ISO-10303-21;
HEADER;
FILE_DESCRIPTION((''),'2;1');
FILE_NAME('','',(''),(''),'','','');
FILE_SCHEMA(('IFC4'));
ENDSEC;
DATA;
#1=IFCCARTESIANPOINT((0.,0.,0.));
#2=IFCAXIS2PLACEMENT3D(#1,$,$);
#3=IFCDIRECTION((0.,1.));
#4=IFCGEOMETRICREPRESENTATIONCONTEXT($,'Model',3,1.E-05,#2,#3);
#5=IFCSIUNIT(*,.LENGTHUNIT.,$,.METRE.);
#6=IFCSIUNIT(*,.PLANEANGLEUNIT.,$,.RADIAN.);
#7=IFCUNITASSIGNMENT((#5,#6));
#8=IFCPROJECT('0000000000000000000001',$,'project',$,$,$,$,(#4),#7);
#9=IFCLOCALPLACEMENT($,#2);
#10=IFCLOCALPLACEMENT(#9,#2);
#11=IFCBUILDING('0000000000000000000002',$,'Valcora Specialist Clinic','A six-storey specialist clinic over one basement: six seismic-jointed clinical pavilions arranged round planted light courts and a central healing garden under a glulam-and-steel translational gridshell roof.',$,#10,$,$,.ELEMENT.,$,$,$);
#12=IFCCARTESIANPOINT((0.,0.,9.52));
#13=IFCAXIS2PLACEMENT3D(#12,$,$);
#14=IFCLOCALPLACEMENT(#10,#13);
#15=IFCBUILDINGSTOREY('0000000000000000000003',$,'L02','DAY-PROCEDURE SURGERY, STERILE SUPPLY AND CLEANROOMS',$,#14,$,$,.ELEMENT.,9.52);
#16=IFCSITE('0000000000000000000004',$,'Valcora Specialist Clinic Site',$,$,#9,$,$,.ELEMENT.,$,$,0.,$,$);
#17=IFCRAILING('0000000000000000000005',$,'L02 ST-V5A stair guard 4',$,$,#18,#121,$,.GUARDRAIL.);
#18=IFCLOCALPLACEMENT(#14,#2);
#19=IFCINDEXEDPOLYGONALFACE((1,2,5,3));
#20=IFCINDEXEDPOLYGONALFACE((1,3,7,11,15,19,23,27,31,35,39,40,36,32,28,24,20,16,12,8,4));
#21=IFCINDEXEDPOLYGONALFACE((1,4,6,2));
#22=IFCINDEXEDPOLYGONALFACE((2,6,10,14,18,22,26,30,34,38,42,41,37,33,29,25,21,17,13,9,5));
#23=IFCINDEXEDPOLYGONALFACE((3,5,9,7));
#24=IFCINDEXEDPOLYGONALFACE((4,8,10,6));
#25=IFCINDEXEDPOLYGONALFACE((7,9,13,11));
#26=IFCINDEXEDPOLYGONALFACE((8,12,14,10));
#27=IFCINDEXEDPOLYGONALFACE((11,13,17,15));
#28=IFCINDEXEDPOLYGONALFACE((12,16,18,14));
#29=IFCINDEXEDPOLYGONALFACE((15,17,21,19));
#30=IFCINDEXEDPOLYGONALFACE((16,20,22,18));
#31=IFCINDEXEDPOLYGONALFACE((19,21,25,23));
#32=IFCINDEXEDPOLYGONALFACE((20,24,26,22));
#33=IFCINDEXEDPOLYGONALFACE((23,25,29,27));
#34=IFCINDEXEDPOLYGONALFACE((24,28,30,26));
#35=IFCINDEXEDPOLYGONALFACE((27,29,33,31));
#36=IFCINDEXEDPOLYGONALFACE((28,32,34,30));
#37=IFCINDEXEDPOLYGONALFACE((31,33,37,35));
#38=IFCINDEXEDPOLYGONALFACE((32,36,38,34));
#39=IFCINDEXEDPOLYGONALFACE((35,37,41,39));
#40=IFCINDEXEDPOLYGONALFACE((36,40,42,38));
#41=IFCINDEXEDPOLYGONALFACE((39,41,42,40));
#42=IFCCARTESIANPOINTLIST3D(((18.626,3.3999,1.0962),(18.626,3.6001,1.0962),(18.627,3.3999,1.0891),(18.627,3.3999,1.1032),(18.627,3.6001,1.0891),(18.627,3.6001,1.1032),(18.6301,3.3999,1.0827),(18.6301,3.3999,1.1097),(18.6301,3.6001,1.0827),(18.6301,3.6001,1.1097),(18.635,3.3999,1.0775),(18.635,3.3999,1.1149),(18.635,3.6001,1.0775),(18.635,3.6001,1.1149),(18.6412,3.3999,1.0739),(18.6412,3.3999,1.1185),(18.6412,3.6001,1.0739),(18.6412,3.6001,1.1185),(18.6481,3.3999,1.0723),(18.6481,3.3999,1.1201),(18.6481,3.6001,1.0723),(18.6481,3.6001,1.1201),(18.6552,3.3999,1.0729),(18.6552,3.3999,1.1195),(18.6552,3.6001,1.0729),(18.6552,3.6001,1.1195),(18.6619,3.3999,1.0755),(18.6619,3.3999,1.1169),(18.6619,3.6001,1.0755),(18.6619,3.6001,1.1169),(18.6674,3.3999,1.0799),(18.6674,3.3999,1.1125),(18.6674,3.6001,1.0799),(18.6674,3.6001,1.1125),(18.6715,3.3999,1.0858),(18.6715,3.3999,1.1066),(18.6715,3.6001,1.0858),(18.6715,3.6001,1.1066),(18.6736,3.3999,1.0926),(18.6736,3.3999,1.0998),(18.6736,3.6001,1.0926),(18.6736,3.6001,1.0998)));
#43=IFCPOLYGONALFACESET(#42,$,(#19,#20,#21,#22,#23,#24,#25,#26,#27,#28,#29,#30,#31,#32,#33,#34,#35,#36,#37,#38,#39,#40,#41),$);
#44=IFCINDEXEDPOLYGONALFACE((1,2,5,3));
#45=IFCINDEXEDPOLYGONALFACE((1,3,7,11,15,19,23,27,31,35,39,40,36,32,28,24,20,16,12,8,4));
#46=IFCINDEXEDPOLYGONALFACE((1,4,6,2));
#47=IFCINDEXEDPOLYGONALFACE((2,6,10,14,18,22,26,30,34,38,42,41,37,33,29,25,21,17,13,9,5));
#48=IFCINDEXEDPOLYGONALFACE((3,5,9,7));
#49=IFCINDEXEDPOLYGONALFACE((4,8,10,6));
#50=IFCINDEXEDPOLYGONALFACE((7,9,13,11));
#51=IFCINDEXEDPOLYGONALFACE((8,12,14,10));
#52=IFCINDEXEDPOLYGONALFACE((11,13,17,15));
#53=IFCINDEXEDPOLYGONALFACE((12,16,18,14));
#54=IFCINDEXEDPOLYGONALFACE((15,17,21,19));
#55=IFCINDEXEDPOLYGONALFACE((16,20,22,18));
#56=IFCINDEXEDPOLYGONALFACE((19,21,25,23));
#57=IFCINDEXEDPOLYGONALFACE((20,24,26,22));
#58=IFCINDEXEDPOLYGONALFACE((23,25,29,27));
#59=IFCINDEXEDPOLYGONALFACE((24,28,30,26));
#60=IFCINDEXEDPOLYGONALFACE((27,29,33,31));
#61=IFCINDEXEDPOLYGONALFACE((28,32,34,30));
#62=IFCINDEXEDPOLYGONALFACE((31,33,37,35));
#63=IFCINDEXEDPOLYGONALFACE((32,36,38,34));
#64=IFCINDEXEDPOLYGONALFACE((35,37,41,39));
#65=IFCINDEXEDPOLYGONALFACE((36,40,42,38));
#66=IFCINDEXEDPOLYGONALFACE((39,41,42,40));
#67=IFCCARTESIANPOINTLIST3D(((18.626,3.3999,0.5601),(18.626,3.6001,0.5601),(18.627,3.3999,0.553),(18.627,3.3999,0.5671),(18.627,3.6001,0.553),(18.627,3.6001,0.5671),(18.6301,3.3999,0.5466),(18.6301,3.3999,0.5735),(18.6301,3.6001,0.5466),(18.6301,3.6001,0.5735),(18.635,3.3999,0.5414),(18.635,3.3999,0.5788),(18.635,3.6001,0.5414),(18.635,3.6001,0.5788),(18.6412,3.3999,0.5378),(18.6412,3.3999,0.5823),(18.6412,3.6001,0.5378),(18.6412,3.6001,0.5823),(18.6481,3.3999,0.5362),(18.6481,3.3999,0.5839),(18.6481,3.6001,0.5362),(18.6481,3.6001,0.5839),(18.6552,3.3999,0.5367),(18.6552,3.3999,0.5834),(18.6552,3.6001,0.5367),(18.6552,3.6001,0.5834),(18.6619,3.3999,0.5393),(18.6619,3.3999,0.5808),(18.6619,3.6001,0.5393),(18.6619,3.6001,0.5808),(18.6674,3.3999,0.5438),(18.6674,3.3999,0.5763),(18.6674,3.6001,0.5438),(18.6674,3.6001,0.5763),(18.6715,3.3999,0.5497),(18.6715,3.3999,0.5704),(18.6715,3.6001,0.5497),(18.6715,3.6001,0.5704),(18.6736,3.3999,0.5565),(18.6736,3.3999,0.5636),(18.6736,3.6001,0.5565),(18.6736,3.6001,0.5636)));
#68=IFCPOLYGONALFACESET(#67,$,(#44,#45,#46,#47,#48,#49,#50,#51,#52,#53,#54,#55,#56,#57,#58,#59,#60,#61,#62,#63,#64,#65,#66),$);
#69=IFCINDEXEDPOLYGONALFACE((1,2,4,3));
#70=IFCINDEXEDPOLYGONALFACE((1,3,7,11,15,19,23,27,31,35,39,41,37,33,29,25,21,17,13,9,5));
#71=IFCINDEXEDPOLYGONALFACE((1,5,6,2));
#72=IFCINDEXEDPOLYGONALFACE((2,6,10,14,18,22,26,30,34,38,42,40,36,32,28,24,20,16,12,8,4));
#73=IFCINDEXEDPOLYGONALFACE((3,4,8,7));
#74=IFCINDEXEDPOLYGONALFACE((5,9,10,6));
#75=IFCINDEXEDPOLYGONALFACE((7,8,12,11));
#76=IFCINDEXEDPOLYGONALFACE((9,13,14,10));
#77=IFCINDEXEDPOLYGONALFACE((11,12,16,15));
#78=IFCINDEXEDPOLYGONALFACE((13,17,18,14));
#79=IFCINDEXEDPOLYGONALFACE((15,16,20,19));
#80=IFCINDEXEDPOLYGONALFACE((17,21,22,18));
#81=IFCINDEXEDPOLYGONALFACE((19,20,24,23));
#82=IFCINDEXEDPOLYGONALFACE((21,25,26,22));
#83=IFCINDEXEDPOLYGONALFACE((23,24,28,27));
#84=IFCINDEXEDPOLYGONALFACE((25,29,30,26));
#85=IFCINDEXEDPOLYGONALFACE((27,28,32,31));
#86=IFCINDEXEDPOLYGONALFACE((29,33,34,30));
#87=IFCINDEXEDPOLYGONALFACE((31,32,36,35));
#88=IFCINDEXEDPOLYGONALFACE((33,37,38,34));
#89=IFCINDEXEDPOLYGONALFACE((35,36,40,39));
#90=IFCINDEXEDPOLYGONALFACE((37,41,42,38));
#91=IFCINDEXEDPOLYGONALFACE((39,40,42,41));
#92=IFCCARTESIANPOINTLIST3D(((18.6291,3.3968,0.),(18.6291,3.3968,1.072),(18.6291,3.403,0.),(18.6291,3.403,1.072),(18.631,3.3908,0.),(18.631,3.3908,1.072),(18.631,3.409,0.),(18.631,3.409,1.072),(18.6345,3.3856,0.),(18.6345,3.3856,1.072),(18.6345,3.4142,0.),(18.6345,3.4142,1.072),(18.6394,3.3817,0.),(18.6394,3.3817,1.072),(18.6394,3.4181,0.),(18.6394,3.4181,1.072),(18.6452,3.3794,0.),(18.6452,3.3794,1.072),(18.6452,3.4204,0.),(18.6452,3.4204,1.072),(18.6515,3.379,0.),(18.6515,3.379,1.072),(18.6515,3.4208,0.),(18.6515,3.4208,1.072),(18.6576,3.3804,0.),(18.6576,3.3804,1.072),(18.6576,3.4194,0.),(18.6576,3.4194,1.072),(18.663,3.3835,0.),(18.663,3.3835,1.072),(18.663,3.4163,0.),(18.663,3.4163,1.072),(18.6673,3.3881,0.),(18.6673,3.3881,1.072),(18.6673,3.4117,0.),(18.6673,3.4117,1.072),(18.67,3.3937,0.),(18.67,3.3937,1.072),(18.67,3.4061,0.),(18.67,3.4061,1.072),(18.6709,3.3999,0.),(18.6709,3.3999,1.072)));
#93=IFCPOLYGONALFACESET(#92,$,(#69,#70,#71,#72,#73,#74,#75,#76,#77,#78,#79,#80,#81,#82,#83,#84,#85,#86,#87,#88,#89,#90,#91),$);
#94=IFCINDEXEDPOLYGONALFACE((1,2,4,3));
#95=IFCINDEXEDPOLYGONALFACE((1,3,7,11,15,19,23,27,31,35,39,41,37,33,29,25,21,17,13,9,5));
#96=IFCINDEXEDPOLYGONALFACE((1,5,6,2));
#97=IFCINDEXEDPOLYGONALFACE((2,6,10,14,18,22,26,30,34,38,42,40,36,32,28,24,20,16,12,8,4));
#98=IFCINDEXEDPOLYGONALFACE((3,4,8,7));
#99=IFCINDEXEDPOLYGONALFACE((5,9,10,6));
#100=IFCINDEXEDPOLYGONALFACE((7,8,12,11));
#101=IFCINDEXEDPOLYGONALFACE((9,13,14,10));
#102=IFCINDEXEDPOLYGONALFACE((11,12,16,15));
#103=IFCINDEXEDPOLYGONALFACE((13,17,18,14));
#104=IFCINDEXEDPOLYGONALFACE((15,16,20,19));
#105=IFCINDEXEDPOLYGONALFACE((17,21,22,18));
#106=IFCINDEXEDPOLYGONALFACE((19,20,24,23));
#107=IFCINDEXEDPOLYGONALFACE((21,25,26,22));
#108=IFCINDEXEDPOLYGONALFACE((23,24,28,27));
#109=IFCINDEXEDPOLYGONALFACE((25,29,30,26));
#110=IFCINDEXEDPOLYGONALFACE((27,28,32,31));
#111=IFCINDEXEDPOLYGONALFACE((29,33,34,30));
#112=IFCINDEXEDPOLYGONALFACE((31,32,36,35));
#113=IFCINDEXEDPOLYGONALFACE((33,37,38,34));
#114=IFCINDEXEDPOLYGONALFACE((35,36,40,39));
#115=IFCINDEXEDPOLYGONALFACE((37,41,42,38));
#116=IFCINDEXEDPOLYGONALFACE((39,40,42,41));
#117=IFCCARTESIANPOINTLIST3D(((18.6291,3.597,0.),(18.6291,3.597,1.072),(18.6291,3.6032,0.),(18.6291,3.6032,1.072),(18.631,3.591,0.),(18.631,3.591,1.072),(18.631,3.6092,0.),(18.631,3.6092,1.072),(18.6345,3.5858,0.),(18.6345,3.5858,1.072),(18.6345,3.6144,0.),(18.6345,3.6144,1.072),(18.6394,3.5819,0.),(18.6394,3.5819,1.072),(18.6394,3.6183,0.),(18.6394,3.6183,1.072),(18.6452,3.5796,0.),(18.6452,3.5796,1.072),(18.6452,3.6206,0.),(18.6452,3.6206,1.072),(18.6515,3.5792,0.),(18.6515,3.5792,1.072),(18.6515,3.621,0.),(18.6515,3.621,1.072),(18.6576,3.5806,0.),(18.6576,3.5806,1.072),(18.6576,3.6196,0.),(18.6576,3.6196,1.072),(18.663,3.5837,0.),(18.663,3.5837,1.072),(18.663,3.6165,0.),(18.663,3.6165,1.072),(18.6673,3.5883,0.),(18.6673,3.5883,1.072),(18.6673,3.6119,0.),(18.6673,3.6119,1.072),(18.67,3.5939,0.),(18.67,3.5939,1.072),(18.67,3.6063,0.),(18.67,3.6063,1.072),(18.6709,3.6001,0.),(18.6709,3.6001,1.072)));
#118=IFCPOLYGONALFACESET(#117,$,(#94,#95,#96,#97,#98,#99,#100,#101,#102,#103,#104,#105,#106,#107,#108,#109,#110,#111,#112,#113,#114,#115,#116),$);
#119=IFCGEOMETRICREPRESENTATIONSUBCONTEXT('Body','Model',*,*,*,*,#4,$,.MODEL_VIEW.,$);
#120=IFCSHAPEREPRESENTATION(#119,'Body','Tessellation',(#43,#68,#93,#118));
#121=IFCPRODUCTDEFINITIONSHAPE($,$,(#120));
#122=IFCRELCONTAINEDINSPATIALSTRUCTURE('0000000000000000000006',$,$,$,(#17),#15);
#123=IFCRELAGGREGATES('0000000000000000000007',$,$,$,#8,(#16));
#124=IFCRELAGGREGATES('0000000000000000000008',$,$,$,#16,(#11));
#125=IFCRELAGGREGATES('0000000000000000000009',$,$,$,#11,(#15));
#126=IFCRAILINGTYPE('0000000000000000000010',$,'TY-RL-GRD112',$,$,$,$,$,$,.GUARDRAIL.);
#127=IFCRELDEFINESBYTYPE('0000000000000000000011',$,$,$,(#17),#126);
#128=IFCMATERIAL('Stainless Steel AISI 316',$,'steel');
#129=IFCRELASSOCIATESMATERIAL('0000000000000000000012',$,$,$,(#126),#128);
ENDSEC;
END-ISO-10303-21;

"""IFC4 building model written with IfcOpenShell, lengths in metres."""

from ifc_helpers import new_model, si_unit, direction, frame, origin, origin_2d, place, context, subcontext, project, spatial, circle, extrude, material, type_object, element, save


model = new_model("IFC4")

# Units and contexts
model_context = context("Model", 3, precision=1e-05, world=origin(), true_north=direction((0.0, 1.0)))
body_context = subcontext(model_context, "Body", "Model", "MODEL_VIEW")
ifc_project = project(units=[si_unit("LENGTHUNIT", "METRE"), si_unit("PLANEANGLEUNIT", "RADIAN")], contexts=[model_context])

# Site, building, storey
site_placement = place(None, origin())
site = spatial("IfcSite", under=ifc_project, at=site_placement, Name="Valcora Specialist Clinic Site", CompositionType="ELEMENT", RefElevation=0.0)
building_placement = place(site_placement, origin())
building = spatial("IfcBuilding", under=site, at=building_placement, Name="Valcora Specialist Clinic", Description="A six-storey specialist clinic over one basement: six seismic-jointed clinical pavilions arranged round planted light courts and a central healing garden under a glulam-and-steel translational gridshell roof.", CompositionType="ELEMENT")
storey_placement = place(building_placement, frame((0.0, 0.0, 9.52)))
storey = spatial("IfcBuildingStorey", under=building, at=storey_placement, Name="L02", Description="DAY-PROCEDURE SURGERY, STERILE SUPPLY AND CLEANROOMS", CompositionType="ELEMENT", Elevation=9.52)

# Railing
ifc_material_1 = material(Name="Stainless Steel AISI 316", Category="steel")
railing_type_1 = type_object("IfcRailingType", Name="TY-RL-GRD112", PredefinedType="GUARDRAIL", material=ifc_material_1)
railing_1_placement = place(storey_placement, frame((18.6499, 3.3999, 0.0)))
element("IfcRailing", 1, at=railing_1_placement, inside=storey, type_object=railing_type_1, Name="L02 ST-V5A stair guard 4", PredefinedType="GUARDRAIL", context=body_context, shape_type="SweptSolid", body=[
    extrude(circle(Radius=0.0239, at=origin_2d()), frame((0.0, 0.0, 1.0962), z_axis=(0.0, 1.0, 0.0), x_axis=(-1.0, 0.0, 0.0)), (0.0, 0.0, 1.0), 0.2002),
    extrude(circle(Radius=0.0239, at=origin_2d()), frame((0.0, 0.0, 0.5601), z_axis=(0.0, 1.0, 0.0), x_axis=(-1.0, 0.0, 0.0)), (0.0, 0.0, 1.0), 0.2002),
    extrude(circle(Radius=0.021, at=origin_2d()), origin(), (0.0, 0.0, 1.0), 1.072),
    extrude(circle(Radius=0.021, at=origin_2d()), frame((0.0, 0.2002, 0.0)), (0.0, 0.0, 1.0), 1.072),
])

save(model, "model.ifc")
